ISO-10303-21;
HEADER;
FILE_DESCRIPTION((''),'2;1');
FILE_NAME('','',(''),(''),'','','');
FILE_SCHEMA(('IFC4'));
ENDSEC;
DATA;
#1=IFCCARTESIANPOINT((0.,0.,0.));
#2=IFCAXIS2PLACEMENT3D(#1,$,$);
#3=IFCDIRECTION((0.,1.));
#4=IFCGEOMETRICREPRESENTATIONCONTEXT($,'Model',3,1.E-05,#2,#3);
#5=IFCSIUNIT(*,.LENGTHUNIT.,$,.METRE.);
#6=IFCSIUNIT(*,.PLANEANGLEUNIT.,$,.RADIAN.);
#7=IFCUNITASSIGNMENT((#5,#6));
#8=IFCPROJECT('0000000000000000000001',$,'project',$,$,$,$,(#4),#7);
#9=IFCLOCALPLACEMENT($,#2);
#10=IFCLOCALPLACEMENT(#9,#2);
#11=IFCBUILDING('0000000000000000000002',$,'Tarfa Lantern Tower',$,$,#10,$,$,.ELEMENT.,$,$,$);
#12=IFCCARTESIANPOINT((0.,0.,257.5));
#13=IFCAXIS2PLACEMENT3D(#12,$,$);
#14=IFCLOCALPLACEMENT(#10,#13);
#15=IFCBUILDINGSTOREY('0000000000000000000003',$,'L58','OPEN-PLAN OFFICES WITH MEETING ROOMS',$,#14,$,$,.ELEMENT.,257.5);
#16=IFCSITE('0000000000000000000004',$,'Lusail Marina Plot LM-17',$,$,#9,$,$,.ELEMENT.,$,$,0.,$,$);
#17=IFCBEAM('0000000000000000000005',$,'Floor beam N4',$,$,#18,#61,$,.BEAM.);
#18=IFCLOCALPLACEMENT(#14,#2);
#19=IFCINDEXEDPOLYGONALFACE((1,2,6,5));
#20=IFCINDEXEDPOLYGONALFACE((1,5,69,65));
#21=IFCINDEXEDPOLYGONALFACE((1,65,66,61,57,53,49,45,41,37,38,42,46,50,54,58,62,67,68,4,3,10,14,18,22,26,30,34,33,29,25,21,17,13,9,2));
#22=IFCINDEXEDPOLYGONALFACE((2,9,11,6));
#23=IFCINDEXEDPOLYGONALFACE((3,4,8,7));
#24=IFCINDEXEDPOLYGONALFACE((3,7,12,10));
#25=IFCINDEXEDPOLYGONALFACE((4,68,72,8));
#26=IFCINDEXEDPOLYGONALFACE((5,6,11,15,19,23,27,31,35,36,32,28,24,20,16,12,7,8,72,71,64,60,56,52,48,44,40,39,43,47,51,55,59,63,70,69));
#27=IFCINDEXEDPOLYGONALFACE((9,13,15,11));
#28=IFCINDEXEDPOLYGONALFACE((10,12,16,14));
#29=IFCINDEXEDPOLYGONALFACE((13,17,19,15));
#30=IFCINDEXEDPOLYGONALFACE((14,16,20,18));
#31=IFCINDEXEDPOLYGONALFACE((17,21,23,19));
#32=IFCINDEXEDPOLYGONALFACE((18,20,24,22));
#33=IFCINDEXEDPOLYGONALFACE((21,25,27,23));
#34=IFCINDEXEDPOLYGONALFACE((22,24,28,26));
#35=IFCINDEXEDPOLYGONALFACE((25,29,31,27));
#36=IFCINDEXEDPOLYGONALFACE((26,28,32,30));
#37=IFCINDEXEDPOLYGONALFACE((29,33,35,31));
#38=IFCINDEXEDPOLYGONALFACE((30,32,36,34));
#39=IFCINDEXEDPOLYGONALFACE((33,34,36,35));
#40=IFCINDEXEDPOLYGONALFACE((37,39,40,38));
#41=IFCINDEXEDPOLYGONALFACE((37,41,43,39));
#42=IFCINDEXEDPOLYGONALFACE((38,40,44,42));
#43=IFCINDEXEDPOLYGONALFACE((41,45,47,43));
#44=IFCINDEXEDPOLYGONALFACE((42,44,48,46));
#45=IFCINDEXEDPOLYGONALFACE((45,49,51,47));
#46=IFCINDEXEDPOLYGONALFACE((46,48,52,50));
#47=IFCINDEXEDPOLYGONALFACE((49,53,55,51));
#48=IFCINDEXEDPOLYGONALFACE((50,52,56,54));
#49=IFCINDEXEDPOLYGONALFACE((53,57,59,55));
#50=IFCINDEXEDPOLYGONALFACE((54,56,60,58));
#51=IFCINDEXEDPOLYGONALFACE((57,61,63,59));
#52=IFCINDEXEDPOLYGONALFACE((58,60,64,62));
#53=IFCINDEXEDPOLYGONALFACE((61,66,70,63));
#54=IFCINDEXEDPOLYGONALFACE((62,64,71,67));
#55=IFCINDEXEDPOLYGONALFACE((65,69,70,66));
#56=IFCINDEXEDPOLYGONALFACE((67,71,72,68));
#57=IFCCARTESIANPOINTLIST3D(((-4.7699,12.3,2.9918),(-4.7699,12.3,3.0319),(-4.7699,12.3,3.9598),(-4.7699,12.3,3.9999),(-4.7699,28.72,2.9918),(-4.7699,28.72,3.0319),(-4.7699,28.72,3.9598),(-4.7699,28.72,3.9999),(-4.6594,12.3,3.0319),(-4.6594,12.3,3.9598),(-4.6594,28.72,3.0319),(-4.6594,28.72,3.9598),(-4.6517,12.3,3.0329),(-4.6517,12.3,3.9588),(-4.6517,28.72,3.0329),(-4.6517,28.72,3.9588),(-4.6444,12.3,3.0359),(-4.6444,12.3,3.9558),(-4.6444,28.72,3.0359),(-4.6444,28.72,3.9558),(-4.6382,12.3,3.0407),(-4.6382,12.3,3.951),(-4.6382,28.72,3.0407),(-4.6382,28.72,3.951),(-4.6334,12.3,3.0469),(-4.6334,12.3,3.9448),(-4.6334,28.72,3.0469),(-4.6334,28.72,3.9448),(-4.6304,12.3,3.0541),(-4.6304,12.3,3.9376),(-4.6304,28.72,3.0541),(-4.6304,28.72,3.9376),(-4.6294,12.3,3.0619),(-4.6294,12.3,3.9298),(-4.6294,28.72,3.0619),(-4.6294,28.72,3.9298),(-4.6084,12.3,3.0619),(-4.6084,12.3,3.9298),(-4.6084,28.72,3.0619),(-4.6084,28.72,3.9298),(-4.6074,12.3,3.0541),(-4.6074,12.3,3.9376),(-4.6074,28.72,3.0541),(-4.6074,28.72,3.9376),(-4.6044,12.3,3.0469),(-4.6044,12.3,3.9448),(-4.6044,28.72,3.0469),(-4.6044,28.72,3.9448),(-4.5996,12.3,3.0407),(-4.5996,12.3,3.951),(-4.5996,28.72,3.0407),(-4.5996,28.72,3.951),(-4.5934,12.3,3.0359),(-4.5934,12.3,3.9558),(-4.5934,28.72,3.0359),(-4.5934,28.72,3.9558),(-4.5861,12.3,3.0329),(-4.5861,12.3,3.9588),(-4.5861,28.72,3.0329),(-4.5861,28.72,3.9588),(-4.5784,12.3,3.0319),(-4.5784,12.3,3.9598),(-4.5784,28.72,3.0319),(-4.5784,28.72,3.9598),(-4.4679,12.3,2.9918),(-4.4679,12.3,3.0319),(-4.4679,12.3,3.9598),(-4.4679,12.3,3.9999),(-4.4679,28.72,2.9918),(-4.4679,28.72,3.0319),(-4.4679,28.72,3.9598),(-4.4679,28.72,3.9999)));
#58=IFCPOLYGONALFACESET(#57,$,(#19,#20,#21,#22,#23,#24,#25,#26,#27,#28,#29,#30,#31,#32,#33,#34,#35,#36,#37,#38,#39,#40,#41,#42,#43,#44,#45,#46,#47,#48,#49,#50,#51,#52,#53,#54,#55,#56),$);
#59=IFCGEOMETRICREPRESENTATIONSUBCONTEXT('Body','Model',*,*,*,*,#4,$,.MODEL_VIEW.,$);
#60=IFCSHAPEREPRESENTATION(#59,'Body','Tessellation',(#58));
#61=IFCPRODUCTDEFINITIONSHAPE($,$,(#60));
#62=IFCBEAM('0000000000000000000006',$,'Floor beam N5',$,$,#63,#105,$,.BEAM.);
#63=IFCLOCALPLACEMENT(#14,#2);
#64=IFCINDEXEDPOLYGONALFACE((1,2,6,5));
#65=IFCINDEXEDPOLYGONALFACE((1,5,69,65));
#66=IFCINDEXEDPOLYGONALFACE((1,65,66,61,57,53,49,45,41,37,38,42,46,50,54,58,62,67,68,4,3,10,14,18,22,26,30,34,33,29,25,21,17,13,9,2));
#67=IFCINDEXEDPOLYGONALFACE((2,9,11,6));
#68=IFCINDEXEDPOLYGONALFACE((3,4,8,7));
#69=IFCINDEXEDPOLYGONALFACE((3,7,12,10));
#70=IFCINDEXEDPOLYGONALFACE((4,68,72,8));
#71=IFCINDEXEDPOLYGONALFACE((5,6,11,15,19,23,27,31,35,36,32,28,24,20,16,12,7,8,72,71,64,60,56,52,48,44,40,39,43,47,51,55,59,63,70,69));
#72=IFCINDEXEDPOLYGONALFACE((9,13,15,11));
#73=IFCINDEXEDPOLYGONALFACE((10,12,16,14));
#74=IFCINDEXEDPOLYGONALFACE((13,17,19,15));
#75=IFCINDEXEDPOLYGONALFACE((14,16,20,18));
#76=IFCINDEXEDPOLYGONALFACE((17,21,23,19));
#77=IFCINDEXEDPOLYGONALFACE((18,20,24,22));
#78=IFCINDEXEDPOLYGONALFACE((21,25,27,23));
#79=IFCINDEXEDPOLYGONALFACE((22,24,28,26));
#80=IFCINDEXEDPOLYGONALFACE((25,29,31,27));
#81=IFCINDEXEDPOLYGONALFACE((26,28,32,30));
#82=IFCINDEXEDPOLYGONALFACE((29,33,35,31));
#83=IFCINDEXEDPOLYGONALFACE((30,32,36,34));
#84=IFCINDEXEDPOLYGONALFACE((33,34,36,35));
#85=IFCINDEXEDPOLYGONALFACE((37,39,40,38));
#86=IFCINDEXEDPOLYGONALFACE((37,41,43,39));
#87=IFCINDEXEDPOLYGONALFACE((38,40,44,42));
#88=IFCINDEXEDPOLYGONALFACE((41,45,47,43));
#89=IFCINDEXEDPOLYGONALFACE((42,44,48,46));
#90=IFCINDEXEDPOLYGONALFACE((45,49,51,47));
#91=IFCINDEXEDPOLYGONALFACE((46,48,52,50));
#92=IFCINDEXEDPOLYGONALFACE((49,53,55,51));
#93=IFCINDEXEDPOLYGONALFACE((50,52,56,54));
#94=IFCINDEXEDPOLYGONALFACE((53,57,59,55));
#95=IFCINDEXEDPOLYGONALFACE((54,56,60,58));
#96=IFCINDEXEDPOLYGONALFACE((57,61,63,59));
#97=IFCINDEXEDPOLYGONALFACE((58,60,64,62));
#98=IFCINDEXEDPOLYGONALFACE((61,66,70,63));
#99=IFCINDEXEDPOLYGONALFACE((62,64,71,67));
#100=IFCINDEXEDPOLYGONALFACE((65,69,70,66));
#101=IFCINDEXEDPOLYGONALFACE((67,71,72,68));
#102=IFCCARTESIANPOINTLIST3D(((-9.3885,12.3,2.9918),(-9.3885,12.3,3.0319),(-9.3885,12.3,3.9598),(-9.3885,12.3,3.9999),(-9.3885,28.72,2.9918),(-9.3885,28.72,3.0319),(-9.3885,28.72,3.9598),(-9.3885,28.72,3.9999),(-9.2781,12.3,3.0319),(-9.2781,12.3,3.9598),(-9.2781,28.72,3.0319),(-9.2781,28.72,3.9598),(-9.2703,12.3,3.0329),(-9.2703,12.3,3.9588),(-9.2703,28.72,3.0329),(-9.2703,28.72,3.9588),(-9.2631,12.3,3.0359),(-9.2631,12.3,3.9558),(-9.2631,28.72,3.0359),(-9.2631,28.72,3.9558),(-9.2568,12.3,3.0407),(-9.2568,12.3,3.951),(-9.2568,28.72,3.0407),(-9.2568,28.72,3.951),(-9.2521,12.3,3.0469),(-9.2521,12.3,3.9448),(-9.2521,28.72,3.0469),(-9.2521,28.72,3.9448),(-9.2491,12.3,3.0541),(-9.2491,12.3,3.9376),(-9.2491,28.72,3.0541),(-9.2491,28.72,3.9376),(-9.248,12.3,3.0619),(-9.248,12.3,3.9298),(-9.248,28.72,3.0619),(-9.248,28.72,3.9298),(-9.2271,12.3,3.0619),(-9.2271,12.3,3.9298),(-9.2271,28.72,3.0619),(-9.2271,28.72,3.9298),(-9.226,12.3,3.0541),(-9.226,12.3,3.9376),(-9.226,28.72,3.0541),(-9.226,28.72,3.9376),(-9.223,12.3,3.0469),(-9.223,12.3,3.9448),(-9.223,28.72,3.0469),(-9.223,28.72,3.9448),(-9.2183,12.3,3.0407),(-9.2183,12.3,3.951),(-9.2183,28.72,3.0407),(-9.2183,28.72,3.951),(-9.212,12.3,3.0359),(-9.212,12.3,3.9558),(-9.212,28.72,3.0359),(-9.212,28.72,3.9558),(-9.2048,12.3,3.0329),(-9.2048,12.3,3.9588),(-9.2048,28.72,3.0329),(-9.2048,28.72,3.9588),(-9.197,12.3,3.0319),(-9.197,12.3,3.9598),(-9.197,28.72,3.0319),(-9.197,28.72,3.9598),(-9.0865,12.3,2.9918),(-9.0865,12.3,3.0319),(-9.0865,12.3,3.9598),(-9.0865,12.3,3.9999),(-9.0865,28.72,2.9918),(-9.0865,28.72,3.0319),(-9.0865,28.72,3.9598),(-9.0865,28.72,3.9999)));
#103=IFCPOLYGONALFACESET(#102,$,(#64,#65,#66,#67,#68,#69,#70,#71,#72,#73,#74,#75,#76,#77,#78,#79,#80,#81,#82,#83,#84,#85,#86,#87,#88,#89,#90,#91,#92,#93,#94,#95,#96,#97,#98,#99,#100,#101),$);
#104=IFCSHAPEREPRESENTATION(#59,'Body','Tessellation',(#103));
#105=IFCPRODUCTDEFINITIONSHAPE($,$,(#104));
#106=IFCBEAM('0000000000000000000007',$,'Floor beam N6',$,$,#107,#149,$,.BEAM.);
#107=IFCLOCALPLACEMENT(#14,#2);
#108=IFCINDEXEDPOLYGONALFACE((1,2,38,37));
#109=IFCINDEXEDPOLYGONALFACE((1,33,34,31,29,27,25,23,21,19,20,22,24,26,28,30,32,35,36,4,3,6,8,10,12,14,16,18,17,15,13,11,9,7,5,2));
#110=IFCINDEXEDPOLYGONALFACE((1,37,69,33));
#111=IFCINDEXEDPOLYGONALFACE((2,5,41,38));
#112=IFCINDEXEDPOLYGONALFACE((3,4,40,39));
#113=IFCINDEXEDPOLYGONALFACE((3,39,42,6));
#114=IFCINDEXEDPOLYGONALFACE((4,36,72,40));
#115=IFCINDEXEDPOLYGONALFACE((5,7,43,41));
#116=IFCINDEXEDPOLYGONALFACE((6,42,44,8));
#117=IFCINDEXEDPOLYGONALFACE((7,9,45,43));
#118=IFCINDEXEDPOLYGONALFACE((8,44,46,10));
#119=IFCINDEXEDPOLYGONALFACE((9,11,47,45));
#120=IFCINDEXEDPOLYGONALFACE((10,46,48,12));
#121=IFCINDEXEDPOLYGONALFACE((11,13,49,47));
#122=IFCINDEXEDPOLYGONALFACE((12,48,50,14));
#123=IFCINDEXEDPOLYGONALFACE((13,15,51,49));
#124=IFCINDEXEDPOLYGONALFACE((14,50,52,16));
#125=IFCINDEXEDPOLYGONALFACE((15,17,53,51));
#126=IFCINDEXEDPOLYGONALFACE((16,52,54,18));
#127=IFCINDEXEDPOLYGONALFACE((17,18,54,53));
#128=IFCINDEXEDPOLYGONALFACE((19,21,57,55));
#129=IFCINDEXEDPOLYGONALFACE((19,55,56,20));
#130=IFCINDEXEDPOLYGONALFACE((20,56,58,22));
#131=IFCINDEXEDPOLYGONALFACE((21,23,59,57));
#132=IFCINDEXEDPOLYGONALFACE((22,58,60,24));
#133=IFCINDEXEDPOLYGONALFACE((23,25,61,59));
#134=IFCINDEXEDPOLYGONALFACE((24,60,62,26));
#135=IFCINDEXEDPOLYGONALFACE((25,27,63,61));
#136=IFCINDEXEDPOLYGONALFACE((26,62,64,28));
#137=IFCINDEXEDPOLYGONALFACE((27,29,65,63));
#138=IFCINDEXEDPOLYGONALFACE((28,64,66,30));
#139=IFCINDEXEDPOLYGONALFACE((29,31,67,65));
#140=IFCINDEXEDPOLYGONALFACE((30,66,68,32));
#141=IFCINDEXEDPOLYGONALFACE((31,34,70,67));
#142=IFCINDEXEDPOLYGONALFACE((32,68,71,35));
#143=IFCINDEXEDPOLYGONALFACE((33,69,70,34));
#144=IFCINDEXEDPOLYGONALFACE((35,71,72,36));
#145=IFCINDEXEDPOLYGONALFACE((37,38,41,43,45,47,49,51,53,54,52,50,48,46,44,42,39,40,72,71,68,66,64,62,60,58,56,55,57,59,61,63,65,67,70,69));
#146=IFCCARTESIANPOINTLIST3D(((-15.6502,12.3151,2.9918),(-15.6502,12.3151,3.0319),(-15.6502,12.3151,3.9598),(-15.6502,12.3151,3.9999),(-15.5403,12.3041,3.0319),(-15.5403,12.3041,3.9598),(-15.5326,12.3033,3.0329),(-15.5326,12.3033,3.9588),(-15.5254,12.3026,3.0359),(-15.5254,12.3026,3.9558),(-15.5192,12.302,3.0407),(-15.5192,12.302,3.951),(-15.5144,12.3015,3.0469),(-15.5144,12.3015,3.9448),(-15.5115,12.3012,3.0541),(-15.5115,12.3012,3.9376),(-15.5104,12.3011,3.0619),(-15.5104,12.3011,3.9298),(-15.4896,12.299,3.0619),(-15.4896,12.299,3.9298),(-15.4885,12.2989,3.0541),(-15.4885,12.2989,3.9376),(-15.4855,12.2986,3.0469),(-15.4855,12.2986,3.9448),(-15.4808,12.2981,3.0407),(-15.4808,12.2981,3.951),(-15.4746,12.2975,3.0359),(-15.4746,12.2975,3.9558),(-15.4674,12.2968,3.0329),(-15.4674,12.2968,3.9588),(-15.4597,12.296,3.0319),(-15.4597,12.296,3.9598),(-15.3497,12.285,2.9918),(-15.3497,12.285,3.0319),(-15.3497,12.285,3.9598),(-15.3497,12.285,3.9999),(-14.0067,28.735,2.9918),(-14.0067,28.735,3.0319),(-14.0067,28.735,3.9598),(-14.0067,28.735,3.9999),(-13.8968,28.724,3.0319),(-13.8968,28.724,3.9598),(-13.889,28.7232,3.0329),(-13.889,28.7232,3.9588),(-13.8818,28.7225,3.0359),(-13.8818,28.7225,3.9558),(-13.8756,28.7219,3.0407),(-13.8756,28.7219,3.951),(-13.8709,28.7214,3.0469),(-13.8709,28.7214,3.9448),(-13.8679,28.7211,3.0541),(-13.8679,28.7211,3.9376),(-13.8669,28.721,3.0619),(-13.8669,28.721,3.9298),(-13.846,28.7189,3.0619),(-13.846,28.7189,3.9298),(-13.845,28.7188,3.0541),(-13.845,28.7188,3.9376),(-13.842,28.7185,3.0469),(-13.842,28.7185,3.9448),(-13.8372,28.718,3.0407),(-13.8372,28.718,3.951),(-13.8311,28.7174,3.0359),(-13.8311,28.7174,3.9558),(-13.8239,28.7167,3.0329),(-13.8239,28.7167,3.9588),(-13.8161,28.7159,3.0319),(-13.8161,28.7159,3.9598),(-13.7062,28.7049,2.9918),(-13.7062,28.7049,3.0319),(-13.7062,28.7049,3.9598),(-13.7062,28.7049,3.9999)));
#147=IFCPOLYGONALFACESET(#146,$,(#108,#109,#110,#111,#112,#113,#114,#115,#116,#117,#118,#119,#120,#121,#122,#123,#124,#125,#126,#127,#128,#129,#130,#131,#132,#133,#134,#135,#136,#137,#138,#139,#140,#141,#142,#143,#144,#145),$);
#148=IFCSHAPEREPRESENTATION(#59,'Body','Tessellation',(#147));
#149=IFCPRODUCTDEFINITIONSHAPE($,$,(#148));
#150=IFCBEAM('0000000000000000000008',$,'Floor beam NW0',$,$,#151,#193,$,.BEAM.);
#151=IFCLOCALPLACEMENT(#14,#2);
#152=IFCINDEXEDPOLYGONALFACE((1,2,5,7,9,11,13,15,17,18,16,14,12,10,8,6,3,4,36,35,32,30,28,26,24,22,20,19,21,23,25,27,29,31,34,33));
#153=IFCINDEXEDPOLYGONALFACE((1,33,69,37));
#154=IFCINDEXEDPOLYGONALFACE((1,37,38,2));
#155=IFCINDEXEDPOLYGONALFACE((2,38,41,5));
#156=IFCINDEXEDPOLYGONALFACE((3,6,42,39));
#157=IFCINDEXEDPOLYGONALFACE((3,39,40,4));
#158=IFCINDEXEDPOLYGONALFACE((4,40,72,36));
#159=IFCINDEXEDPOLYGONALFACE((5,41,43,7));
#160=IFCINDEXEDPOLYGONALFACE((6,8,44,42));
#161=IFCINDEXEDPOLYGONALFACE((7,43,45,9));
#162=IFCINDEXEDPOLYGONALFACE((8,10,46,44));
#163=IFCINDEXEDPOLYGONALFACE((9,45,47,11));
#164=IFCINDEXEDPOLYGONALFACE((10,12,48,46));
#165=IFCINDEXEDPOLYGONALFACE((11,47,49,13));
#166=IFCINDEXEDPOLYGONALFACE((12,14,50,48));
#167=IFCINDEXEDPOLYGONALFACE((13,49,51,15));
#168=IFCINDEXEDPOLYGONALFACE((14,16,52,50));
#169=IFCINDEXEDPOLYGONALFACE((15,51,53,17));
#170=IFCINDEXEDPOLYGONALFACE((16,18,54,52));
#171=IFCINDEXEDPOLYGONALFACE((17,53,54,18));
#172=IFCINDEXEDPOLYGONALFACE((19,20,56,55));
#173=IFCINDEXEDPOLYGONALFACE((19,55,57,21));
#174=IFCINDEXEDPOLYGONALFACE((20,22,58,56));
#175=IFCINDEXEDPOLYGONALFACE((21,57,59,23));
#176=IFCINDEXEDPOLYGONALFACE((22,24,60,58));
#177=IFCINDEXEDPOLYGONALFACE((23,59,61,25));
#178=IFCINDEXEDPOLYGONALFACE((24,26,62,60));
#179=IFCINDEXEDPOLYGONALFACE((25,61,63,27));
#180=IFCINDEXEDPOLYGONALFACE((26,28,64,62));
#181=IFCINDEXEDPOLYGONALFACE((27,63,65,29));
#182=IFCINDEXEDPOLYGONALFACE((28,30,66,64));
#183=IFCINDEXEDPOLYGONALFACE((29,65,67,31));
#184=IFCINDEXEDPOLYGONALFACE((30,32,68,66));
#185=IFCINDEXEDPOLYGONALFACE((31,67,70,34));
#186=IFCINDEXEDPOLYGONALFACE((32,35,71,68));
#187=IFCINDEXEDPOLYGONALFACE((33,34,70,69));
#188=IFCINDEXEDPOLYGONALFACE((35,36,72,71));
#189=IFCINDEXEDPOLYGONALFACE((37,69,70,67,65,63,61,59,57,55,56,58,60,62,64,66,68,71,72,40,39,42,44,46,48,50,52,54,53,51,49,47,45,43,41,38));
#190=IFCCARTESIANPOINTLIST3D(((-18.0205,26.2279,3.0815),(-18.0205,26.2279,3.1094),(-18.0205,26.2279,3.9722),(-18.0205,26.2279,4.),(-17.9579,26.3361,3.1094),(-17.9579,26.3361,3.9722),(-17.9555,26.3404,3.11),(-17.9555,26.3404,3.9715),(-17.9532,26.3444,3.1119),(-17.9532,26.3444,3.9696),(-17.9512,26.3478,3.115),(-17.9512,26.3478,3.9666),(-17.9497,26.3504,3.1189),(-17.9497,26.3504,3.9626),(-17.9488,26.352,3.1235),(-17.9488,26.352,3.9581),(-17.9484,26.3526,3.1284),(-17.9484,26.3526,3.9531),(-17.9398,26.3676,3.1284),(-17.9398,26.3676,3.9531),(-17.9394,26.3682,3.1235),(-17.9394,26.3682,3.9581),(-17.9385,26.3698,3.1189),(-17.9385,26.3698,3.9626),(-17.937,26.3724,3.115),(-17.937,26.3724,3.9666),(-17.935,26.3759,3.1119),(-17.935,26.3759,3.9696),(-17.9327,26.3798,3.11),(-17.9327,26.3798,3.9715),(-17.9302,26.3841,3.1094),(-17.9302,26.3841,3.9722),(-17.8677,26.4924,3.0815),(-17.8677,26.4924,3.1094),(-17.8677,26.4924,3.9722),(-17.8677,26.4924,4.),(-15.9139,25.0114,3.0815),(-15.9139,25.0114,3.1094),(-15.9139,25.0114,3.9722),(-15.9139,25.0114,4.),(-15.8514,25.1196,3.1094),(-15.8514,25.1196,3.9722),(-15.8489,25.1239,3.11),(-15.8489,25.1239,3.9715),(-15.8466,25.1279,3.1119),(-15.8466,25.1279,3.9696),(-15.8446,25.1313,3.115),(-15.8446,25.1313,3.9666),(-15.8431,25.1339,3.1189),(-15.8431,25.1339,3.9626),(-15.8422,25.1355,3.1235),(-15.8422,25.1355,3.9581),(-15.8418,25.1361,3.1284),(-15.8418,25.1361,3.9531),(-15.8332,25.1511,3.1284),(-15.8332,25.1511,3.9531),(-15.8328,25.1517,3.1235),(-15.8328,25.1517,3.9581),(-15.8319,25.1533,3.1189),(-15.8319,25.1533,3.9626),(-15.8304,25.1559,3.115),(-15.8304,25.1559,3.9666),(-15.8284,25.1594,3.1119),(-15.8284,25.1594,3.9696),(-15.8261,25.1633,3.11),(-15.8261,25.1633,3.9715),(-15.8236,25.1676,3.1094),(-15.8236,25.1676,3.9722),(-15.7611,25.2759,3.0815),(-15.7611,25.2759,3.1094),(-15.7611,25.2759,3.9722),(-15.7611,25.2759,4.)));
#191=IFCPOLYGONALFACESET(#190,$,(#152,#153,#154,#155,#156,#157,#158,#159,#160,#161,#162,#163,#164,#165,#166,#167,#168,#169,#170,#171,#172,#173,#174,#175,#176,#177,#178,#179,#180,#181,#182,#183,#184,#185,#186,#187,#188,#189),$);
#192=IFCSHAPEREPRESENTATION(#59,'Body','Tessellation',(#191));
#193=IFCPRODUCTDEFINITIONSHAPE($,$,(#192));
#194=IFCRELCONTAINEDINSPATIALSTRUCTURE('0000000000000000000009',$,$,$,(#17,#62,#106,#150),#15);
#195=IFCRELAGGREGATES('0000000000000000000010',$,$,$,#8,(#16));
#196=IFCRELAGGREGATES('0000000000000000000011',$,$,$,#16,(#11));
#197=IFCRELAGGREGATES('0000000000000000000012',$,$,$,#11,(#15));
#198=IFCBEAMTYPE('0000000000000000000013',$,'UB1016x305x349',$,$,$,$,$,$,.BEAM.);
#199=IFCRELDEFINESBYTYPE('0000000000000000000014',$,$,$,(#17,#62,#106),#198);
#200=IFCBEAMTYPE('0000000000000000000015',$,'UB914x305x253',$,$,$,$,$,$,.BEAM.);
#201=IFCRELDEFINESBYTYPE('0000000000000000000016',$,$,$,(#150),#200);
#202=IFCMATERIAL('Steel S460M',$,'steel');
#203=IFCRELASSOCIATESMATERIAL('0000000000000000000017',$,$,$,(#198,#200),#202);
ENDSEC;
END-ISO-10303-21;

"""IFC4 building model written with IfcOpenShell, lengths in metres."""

from ifc_helpers import new_model, si_unit, direction, frame, origin, origin_2d, place, context, subcontext, project, spatial, i_section, extrude, material, material_profile, profile_set, type_object, element, save


model = new_model("IFC4")

# Units and contexts
model_context = context("Model", 3, precision=1e-05, world=origin(), true_north=direction((0.0, 1.0)))
body_context = subcontext(model_context, "Body", "Model", "MODEL_VIEW")
ifc_project = project(units=[si_unit("LENGTHUNIT", "METRE"), si_unit("PLANEANGLEUNIT", "RADIAN")], contexts=[model_context])

# Site, building, storey
site_placement = place(None, origin())
site = spatial("IfcSite", under=ifc_project, at=site_placement, Name="Lusail Marina Plot LM-17", CompositionType="ELEMENT", RefElevation=0.0)
building_placement = place(site_placement, origin())
building = spatial("IfcBuilding", under=site, at=building_placement, Name="Tarfa Lantern Tower", CompositionType="ELEMENT")
storey_placement = place(building_placement, frame((0.0, 0.0, 257.5)))
storey = spatial("IfcBuildingStorey", under=building, at=storey_placement, Name="L58", Description="OPEN-PLAN OFFICES WITH MEETING ROOMS", CompositionType="ELEMENT", Elevation=257.5)

# Beams
ifc_material_1 = material(Name="Steel S460M", Category="steel")
ifc_material_profile_1 = material_profile(ifc_material_1, i_section(OverallWidth=0.302, OverallDepth=1.0081, WebThickness=0.021, FlangeThickness=0.04, FilletRadius=0.03, at=origin_2d()), Name="UB1016x305x349")
ifc_profile_set_1 = profile_set([ifc_material_profile_1], Name="Steel S460M")
beam_type_1 = type_object("IfcBeamType", Name="UB1016x305x349", PredefinedType="BEAM", material=ifc_profile_set_1)
for number, where, z_axis, x_axis, name in (
    (1, (-4.6189, 28.72, 3.4958), (0.0, -1.0, 0.0), (1.0, 0.0, 0.0), "Floor beam N4"),
    (2, (-9.2375, 28.72, 3.4958), (0.0, -1.0, 0.0), (1.0, 0.0, 0.0), "Floor beam N5"),
):
    element("IfcBeam", number, at=place(storey_placement, frame(where, z_axis=z_axis, x_axis=x_axis)), inside=storey, type_object=beam_type_1, Name=name, PredefinedType="BEAM", context=body_context, shape_type="SweptSolid", body=[
        extrude(i_section(OverallWidth=0.302, OverallDepth=1.0081, WebThickness=0.021, FlangeThickness=0.04, FilletRadius=0.03, at=origin_2d()), origin(), (0.0, 0.0, 1.0), 16.4199),
    ])
beam_1_placement = place(storey_placement, frame((-13.8564, 28.72, 3.4958), z_axis=(-0.099597, -0.995028, 0.0), x_axis=(0.995028, -0.099597, 0.0)))
element("IfcBeam", 3, at=beam_1_placement, inside=storey, type_object=beam_type_1, Name="Floor beam N6", PredefinedType="BEAM", context=body_context, shape_type="SweptSolid", body=[
    extrude(i_section(OverallWidth=0.302, OverallDepth=1.0081, WebThickness=0.021, FlangeThickness=0.04, FilletRadius=0.03, at=origin_2d()), origin(), (0.0, 0.0, 1.0), 16.502),
])
ifc_material_profile_2 = material_profile(ifc_material_1, i_section(OverallWidth=0.3054, OverallDepth=0.9185, WebThickness=0.0173, FlangeThickness=0.0278, FilletRadius=0.019, at=origin_2d()), Name="UB914x305x253")
ifc_profile_set_2 = profile_set([ifc_material_profile_2], Name="Steel S460M")
beam_type_2 = type_object("IfcBeamType", Name="UB914x305x253", PredefinedType="BEAM", material=ifc_profile_set_2)
beam_2_placement = place(storey_placement, frame((-17.9441, 26.3601, 3.5408), z_axis=(0.86598, -0.500079, 0.0), x_axis=(0.500079, 0.86598, 0.0)))
element("IfcBeam", 4, at=beam_2_placement, inside=storey, type_object=beam_type_2, Name="Floor beam NW0", PredefinedType="BEAM", context=body_context, shape_type="SweptSolid", body=[
    extrude(i_section(OverallWidth=0.3054, OverallDepth=0.9185, WebThickness=0.0173, FlangeThickness=0.0278, FilletRadius=0.019, at=origin_2d()), origin(), (0.0, 0.0, 1.0), 2.4326),
])

save(model, "model.ifc")
